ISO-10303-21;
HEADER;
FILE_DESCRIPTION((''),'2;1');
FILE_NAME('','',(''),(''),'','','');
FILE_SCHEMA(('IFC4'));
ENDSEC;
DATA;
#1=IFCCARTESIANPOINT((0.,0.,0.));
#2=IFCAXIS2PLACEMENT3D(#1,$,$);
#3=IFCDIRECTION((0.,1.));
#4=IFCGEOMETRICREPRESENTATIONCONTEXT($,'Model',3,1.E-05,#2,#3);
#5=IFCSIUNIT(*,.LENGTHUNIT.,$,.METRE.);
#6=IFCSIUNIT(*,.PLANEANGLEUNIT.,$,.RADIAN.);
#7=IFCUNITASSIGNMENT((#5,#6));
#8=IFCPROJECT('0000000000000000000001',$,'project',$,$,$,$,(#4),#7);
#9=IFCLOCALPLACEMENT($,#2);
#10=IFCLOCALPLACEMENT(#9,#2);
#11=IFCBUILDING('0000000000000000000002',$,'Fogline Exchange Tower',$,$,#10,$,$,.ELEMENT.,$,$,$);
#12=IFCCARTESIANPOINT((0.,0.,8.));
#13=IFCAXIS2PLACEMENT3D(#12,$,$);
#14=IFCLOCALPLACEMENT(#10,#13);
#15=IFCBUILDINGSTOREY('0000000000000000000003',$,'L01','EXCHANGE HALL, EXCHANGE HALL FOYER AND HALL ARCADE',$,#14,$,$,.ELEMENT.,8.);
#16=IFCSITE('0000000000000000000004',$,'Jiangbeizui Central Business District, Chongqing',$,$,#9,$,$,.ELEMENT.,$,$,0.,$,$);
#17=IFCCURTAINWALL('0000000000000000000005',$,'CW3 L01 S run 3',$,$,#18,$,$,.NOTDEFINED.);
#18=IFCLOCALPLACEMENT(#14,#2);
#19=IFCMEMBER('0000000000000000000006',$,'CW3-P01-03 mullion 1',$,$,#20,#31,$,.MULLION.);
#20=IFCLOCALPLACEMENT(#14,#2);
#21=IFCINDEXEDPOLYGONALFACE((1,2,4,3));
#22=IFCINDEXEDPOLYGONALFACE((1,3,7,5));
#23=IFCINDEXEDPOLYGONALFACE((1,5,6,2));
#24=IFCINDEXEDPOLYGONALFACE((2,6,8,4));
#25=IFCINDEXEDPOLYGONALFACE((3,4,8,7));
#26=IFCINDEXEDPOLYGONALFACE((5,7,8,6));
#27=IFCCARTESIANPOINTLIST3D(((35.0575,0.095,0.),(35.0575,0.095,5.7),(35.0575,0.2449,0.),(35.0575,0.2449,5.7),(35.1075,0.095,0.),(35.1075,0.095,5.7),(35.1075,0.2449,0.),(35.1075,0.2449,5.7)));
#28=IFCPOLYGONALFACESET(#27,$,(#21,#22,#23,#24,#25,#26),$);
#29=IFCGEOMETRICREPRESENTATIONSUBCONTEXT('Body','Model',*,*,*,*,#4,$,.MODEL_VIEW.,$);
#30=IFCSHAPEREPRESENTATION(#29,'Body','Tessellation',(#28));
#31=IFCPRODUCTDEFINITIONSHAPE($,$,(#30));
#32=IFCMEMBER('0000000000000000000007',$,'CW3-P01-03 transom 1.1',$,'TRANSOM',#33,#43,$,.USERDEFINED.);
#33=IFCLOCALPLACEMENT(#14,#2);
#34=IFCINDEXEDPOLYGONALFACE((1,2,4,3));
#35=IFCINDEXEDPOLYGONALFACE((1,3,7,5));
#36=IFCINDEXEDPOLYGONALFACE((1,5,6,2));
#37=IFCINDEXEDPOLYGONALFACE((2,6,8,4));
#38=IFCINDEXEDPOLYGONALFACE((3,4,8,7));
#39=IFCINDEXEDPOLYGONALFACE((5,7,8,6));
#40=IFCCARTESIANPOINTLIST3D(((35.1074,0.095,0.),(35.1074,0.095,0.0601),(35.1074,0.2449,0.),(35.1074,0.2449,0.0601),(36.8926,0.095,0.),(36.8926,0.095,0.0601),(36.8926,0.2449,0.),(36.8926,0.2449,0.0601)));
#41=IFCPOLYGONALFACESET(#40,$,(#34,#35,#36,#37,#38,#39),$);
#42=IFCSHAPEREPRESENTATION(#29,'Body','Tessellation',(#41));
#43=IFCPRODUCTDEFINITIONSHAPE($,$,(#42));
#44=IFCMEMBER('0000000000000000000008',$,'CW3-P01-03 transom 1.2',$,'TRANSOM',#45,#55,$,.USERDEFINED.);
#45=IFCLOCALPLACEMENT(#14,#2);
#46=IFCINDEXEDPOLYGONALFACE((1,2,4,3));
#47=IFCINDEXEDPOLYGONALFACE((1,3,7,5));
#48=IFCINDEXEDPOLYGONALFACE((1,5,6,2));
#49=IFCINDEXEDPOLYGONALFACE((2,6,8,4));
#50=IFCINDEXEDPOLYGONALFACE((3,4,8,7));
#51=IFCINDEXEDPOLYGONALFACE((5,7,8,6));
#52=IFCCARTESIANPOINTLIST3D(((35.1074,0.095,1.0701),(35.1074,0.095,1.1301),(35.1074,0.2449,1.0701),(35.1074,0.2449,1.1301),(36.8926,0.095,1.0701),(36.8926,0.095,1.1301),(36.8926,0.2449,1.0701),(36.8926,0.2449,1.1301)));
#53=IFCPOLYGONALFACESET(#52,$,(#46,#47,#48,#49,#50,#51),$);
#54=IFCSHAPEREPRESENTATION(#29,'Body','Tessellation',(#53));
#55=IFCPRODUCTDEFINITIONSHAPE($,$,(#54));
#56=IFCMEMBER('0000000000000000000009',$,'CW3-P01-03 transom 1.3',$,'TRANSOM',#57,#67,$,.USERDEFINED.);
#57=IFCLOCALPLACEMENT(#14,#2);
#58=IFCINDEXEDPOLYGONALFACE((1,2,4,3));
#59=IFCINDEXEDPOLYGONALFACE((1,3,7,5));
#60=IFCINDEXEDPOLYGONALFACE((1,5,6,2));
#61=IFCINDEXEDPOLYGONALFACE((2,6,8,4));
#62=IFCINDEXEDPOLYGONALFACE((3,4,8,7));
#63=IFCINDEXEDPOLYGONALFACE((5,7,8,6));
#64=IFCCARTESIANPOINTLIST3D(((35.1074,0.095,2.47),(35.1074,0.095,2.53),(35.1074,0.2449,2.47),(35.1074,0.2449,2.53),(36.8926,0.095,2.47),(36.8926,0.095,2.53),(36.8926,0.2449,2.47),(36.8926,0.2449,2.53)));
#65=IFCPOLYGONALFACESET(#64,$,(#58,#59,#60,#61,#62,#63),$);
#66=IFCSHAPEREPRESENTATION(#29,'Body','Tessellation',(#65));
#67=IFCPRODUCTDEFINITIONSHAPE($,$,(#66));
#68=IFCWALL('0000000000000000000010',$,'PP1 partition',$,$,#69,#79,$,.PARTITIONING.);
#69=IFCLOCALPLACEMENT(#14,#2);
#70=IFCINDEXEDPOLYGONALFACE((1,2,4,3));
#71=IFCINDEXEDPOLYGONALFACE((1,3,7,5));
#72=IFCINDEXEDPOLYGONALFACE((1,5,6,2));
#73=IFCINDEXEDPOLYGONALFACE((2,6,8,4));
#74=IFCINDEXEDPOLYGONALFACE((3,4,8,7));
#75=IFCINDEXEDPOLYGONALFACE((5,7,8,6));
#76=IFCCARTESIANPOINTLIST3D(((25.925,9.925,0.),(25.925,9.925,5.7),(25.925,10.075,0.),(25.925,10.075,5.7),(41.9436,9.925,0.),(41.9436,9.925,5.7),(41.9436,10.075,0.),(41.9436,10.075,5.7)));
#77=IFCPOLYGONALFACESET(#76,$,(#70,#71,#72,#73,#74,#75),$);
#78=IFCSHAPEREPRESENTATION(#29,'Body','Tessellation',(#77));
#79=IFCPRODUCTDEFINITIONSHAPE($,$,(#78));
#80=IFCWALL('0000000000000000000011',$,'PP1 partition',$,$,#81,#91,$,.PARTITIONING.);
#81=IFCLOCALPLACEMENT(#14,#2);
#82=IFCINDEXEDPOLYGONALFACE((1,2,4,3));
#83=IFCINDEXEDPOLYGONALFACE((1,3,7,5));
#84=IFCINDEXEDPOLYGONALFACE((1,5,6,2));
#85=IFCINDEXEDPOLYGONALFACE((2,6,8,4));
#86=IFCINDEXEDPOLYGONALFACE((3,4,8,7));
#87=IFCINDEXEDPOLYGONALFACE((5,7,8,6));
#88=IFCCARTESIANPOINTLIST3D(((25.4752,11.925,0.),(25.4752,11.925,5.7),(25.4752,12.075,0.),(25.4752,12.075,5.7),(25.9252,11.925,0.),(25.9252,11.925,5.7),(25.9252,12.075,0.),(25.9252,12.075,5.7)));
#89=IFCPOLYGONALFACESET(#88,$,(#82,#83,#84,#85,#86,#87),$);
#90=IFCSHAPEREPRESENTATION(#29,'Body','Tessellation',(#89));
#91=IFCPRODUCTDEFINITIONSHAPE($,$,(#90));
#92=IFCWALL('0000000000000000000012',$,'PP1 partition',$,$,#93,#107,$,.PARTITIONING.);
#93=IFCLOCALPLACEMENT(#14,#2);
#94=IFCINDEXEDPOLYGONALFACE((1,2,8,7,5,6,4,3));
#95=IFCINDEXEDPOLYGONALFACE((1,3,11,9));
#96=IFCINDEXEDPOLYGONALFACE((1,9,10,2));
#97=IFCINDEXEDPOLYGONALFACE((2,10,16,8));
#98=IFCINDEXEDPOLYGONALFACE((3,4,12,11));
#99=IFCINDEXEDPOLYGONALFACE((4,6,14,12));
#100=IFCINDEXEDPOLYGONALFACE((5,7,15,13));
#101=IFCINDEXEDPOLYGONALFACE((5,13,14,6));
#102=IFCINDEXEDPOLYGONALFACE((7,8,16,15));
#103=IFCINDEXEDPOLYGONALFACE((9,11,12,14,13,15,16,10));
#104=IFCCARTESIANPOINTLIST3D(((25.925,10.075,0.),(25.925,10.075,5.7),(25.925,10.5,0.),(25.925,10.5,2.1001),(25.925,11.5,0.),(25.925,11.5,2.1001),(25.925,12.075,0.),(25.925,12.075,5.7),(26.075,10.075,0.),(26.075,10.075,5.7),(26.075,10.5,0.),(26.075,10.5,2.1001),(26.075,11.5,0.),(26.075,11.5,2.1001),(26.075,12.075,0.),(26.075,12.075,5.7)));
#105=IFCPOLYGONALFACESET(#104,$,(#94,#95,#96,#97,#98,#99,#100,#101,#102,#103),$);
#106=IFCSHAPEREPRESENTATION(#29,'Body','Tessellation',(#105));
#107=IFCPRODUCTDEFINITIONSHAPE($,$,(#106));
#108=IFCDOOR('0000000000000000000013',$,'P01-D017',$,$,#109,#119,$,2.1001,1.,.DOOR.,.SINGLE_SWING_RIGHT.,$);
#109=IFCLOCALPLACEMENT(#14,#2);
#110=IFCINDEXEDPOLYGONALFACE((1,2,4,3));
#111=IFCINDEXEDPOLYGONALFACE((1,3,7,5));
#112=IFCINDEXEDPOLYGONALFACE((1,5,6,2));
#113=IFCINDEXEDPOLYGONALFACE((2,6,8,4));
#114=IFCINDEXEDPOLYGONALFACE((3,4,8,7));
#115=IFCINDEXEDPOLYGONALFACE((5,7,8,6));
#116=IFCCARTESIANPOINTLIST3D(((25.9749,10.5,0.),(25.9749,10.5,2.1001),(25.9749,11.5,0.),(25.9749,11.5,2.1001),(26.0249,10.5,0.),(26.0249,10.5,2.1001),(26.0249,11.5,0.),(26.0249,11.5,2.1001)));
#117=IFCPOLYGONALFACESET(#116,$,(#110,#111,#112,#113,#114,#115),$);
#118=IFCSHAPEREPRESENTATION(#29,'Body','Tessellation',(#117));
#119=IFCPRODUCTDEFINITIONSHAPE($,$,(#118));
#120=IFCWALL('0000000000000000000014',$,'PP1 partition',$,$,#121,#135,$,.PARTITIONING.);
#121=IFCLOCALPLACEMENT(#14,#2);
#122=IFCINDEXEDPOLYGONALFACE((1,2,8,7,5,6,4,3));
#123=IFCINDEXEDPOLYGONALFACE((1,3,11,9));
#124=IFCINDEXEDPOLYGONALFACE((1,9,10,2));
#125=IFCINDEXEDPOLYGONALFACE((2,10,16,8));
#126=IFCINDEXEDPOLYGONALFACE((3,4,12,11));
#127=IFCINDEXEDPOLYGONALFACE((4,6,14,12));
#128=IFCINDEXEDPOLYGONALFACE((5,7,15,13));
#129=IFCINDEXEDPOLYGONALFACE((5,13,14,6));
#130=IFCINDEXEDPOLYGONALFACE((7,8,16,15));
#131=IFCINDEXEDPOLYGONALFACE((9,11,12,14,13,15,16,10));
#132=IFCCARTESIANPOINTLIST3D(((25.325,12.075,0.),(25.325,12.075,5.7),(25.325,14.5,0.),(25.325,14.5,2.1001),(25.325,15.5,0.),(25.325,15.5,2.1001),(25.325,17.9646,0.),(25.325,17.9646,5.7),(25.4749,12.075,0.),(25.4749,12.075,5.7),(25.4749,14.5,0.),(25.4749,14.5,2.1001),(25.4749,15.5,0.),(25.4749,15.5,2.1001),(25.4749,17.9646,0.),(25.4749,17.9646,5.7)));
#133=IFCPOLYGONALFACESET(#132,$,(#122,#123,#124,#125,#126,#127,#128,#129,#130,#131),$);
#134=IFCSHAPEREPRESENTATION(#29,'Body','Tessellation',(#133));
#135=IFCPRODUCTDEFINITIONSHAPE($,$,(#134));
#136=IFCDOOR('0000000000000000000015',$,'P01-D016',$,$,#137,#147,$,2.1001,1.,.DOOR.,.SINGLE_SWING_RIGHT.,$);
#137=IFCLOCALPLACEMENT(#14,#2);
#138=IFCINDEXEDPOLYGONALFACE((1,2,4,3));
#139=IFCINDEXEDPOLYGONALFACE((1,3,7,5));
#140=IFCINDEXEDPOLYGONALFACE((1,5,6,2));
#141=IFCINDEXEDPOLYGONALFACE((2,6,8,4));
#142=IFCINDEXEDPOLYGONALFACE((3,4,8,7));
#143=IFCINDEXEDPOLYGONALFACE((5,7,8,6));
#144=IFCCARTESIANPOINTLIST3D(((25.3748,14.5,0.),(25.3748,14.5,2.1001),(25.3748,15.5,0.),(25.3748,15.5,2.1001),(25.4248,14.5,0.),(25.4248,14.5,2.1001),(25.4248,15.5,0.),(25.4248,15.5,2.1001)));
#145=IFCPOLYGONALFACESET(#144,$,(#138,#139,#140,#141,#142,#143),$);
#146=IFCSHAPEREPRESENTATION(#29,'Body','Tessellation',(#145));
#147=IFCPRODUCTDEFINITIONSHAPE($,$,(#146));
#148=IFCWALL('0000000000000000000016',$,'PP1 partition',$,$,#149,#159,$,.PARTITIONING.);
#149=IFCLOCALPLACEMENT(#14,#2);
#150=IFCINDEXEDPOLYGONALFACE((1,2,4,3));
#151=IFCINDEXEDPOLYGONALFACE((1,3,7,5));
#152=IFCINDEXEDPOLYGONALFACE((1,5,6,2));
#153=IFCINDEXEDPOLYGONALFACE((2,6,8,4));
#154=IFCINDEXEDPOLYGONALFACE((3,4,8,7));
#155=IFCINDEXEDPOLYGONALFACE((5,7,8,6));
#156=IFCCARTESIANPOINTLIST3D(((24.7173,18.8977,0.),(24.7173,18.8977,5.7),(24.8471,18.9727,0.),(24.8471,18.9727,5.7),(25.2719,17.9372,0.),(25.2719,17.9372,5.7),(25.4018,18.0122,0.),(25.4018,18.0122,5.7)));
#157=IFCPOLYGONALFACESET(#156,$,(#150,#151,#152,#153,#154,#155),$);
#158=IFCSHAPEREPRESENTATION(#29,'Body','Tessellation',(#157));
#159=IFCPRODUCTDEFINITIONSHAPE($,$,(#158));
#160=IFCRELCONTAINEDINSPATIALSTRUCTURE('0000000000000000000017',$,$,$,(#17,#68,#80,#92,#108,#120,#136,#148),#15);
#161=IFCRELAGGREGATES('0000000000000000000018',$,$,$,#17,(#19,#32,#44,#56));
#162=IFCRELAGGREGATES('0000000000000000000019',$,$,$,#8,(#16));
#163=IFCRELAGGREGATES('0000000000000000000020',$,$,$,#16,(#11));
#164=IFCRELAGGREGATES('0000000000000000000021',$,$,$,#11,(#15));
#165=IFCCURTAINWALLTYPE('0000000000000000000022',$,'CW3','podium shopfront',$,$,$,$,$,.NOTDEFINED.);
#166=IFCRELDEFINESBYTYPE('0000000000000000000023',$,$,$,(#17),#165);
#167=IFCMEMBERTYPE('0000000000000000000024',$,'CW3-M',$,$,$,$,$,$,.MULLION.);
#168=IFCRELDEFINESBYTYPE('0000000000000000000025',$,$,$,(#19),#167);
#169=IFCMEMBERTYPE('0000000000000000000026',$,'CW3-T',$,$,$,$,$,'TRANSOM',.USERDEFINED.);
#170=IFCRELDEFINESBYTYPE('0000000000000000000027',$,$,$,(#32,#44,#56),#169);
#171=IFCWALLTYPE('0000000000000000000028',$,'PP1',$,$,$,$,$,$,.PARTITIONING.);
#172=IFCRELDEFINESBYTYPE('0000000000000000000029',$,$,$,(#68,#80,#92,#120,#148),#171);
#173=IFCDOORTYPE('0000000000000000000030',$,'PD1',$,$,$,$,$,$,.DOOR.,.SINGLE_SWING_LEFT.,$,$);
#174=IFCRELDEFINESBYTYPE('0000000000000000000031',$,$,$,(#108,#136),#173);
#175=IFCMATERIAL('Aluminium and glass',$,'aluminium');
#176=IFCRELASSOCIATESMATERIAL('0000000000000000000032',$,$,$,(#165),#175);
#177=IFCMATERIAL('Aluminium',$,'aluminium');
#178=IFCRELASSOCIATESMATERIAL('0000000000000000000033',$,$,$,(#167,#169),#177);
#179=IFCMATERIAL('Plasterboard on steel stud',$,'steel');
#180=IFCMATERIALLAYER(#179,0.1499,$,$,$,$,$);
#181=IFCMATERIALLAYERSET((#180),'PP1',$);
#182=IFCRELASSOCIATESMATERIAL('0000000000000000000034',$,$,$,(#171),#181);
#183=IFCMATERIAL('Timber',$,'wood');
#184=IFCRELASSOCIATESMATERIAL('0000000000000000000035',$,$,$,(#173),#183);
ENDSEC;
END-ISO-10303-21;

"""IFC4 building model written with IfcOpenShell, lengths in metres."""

from ifc_helpers import new_model, si_unit, direction, frame, frame_2d, origin, origin_2d, place, context, subcontext, project, spatial, rectangle, extrude, material, layer, layer_set, material_profile, profile_set, type_object, element, fill, aggregate, save


model = new_model("IFC4")

# Units and contexts
model_context = context("Model", 3, precision=1e-05, world=origin(), true_north=direction((0.0, 1.0)))
body_context = subcontext(model_context, "Body", "Model", "MODEL_VIEW")
ifc_project = project(units=[si_unit("LENGTHUNIT", "METRE"), si_unit("PLANEANGLEUNIT", "RADIAN")], contexts=[model_context])

# Site, building, storey
site_placement = place(None, origin())
site = spatial("IfcSite", under=ifc_project, at=site_placement, Name="Jiangbeizui Central Business District, Chongqing", CompositionType="ELEMENT", RefElevation=0.0)
building_placement = place(site_placement, origin())
building = spatial("IfcBuilding", under=site, at=building_placement, Name="Fogline Exchange Tower", CompositionType="ELEMENT")
storey_placement = place(building_placement, frame((0.0, 0.0, 8.0)))
storey = spatial("IfcBuildingStorey", under=building, at=storey_placement, Name="L01", Description="EXCHANGE HALL, EXCHANGE HALL FOYER AND HALL ARCADE", CompositionType="ELEMENT", Elevation=8.0)

# Curtain wall, members
ifc_material_1 = material(Name="Aluminium and glass", Category="aluminium")
curtain_wall_type = type_object("IfcCurtainWallType", Name="CW3", Description="podium shopfront", PredefinedType="NOTDEFINED", material=ifc_material_1)
curtain_wall_placement = place(storey_placement, origin())
curtain_wall = element("IfcCurtainWall", 1, at=curtain_wall_placement, inside=storey, type_object=curtain_wall_type, Name="CW3 L01 S run 3", PredefinedType="NOTDEFINED")
ifc_material_2 = material(Name="Aluminium", Category="aluminium")
ifc_material_profile_1 = material_profile(ifc_material_2, rectangle(XDim=0.1499, YDim=0.05, at=origin_2d()), Name="Mullion 50x150")
ifc_profile_set_1 = profile_set([ifc_material_profile_1], Name="Aluminium")
member_type_1 = type_object("IfcMemberType", Name="CW3-M", PredefinedType="MULLION", material=ifc_profile_set_1)
member_1_placement = place(storey_placement, frame((35.0825, 0.1699, 0.0), z_axis=(0.0, 0.0, 1.0), x_axis=(0.0, 1.0, 0.0)))
member_1 = element("IfcMember", 2, at=member_1_placement, type_object=member_type_1, Name="CW3-P01-03 mullion 1", PredefinedType="MULLION", context=body_context, shape_type="SweptSolid", body=[
    extrude(rectangle(XDim=0.1499, YDim=0.05, at=origin_2d()), origin(), (0.0, 0.0, 1.0), 5.7),
])
ifc_material_profile_2 = material_profile(ifc_material_2, rectangle(XDim=0.1499, YDim=0.0601, at=origin_2d()), Name="Transom 60x150")
ifc_profile_set_2 = profile_set([ifc_material_profile_2], Name="Aluminium")
member_type_2 = type_object("IfcMemberType", Name="CW3-T", ElementType="TRANSOM", PredefinedType="USERDEFINED", material=ifc_profile_set_2)
member_2_placement = place(storey_placement, frame((35.1074, 0.1699, 0.03), z_axis=(1.0, 0.0, 0.0), x_axis=(0.0, 1.0, 0.0)))
member_2 = element("IfcMember", 3, at=member_2_placement, type_object=member_type_2, Name="CW3-P01-03 transom 1.1", ObjectType="TRANSOM", PredefinedType="USERDEFINED", context=body_context, shape_type="SweptSolid", body=[
    extrude(rectangle(XDim=0.1499, YDim=0.0601, at=origin_2d()), origin(), (0.0, 0.0, 1.0), 1.7852),
])
member_3_placement = place(storey_placement, frame((35.1074, 0.1699, 1.1001), z_axis=(1.0, 0.0, 0.0), x_axis=(0.0, 1.0, 0.0)))
member_3 = element("IfcMember", 4, at=member_3_placement, type_object=member_type_2, Name="CW3-P01-03 transom 1.2", ObjectType="TRANSOM", PredefinedType="USERDEFINED", context=body_context, shape_type="SweptSolid", body=[
    extrude(rectangle(XDim=0.1499, YDim=0.0601, at=origin_2d()), origin(), (0.0, 0.0, 1.0), 1.7852),
])
member_4_placement = place(storey_placement, frame((35.1074, 0.1699, 2.5), z_axis=(1.0, 0.0, 0.0), x_axis=(0.0, 1.0, 0.0)))
member_4 = element("IfcMember", 5, at=member_4_placement, type_object=member_type_2, Name="CW3-P01-03 transom 1.3", ObjectType="TRANSOM", PredefinedType="USERDEFINED", context=body_context, shape_type="SweptSolid", body=[
    extrude(rectangle(XDim=0.1499, YDim=0.0601, at=origin_2d()), origin(), (0.0, 0.0, 1.0), 1.7852),
])
aggregate(curtain_wall, [member_1, member_2, member_3, member_4])

# Walls
ifc_material_3 = material(Name="Plasterboard on steel stud", Category="steel")
ifc_layer_1 = layer(ifc_material_3, 0.1499)
ifc_layer_set_1 = layer_set([ifc_layer_1], Name="PP1")
wall_type_1 = type_object("IfcWallType", Name="PP1", PredefinedType="PARTITIONING", material=ifc_layer_set_1)
wall_1_placement = place(storey_placement, frame((25.925, 10.0, 0.0), z_axis=(0.0, 0.0, 1.0), x_axis=(1.0, 0.0, 0.0)))
element("IfcWall", 6, at=wall_1_placement, inside=storey, type_object=wall_type_1, Name="PP1 partition", PredefinedType="PARTITIONING", context=body_context, shape_type="SweptSolid", body=[
    extrude(rectangle(XDim=16.0186, YDim=0.1499, at=frame_2d((8.0093, 0.0))), origin(), (0.0, 0.0, 1.0), 5.7),
])
wall_2_placement = place(storey_placement, frame((25.4751, 12.0, 0.0), z_axis=(0.0, 0.0, 1.0), x_axis=(1.0, 0.0, 0.0)))
element("IfcWall", 7, at=wall_2_placement, inside=storey, type_object=wall_type_1, Name="PP1 partition", PredefinedType="PARTITIONING", context=body_context, shape_type="SweptSolid", body=[
    extrude(rectangle(XDim=0.45, YDim=0.1499, at=frame_2d((0.2251, 0.0))), origin(), (0.0, 0.0, 1.0), 5.7),
])

# Walls, openings, doors
wall_3_placement = place(storey_placement, frame((26.0, 12.075, 0.0), z_axis=(0.0, 0.0, 1.0), x_axis=(0.0, -1.0, 0.0)))
wall_3 = element("IfcWall", 8, at=wall_3_placement, inside=storey, type_object=wall_type_1, Name="PP1 partition", PredefinedType="PARTITIONING", context=body_context, shape_type="SweptSolid", body=[
    extrude(rectangle(XDim=2.0, YDim=0.1499, at=frame_2d((1.0, 0.0))), origin(), (0.0, 0.0, 1.0), 5.7),
])
opening_1_placement = place(wall_3_placement, frame((0.575, 0.0, 0.0)))
opening_1 = element("IfcOpeningElement", 9, at=opening_1_placement, cuts=wall_3, PredefinedType="OPENING", context=body_context, shape_type="SweptSolid", body=[
    extrude(rectangle(XDim=1.0, YDim=2.1001, at=frame_2d((0.5, 1.05))), frame((0.0, 0.085, 0.0), z_axis=(0.0, -1.0, 0.0), x_axis=(1.0, 0.0, 0.0)), (0.0, 0.0, 1.0), 0.1699),
])
ifc_material_4 = material(Name="Timber", Category="wood")
door_type_1 = type_object("IfcDoorType", Name="PD1", OperationType="SINGLE_SWING_LEFT", PredefinedType="DOOR", material=ifc_material_4)
door_1_placement = place(opening_1_placement, origin())
door_1 = element("IfcDoor", 10, at=door_1_placement, inside=storey, type_object=door_type_1, Name="P01-D017", OperationType="SINGLE_SWING_RIGHT", OverallHeight=2.1001, OverallWidth=1.0, PredefinedType="DOOR", context=body_context, shape_type="SweptSolid", body=[
    extrude(rectangle(XDim=1.0, YDim=2.1001, at=frame_2d((0.5, 1.05))), frame((0.0, 0.0249, 0.0), z_axis=(0.0, -1.0, 0.0), x_axis=(1.0, 0.0, 0.0)), (0.0, 0.0, 1.0), 0.05),
])
fill(opening_1, door_1)
wall_4_placement = place(storey_placement, frame((25.3999, 17.9646, 0.0), z_axis=(0.0, 0.0, 1.0), x_axis=(0.0, -1.0, 0.0)))
wall_4 = element("IfcWall", 11, at=wall_4_placement, inside=storey, type_object=wall_type_1, Name="PP1 partition", PredefinedType="PARTITIONING", context=body_context, shape_type="SweptSolid", body=[
    extrude(rectangle(XDim=5.8896, YDim=0.1499, at=frame_2d((2.9448, 0.0))), origin(), (0.0, 0.0, 1.0), 5.7),
])
opening_2_placement = place(wall_4_placement, frame((2.4646, 0.0, 0.0)))
opening_2 = element("IfcOpeningElement", 12, at=opening_2_placement, cuts=wall_4, PredefinedType="OPENING", context=body_context, shape_type="SweptSolid", body=[
    extrude(rectangle(XDim=1.0, YDim=2.1001, at=frame_2d((0.5, 1.05))), frame((0.0, 0.085, 0.0), z_axis=(0.0, -1.0, 0.0), x_axis=(1.0, 0.0, 0.0)), (0.0, 0.0, 1.0), 0.1699),
])
door_2_placement = place(opening_2_placement, origin())
door_2 = element("IfcDoor", 13, at=door_2_placement, inside=storey, type_object=door_type_1, Name="P01-D016", OperationType="SINGLE_SWING_RIGHT", OverallHeight=2.1001, OverallWidth=1.0, PredefinedType="DOOR", context=body_context, shape_type="SweptSolid", body=[
    extrude(rectangle(XDim=1.0, YDim=2.1001, at=frame_2d((0.5, 1.05))), frame((0.0, 0.0249, 0.0), z_axis=(0.0, -1.0, 0.0), x_axis=(1.0, 0.0, 0.0)), (0.0, 0.0, 1.0), 0.05),
])
fill(opening_2, door_2)

# Wall
wall_5_placement = place(storey_placement, frame((25.3369, 17.9746, 0.0), z_axis=(0.0, 0.0, 1.0), x_axis=(-0.500116, 0.865958, 0.0)))
element("IfcWall", 14, at=wall_5_placement, inside=storey, type_object=wall_type_1, Name="PP1 partition", PredefinedType="PARTITIONING", context=body_context, shape_type="SweptSolid", body=[
    extrude(rectangle(XDim=1.1091, YDim=0.1499, at=frame_2d((0.5547, 0.0))), origin(), (0.0, 0.0, 1.0), 5.7),
])

save(model, "model.ifc")
